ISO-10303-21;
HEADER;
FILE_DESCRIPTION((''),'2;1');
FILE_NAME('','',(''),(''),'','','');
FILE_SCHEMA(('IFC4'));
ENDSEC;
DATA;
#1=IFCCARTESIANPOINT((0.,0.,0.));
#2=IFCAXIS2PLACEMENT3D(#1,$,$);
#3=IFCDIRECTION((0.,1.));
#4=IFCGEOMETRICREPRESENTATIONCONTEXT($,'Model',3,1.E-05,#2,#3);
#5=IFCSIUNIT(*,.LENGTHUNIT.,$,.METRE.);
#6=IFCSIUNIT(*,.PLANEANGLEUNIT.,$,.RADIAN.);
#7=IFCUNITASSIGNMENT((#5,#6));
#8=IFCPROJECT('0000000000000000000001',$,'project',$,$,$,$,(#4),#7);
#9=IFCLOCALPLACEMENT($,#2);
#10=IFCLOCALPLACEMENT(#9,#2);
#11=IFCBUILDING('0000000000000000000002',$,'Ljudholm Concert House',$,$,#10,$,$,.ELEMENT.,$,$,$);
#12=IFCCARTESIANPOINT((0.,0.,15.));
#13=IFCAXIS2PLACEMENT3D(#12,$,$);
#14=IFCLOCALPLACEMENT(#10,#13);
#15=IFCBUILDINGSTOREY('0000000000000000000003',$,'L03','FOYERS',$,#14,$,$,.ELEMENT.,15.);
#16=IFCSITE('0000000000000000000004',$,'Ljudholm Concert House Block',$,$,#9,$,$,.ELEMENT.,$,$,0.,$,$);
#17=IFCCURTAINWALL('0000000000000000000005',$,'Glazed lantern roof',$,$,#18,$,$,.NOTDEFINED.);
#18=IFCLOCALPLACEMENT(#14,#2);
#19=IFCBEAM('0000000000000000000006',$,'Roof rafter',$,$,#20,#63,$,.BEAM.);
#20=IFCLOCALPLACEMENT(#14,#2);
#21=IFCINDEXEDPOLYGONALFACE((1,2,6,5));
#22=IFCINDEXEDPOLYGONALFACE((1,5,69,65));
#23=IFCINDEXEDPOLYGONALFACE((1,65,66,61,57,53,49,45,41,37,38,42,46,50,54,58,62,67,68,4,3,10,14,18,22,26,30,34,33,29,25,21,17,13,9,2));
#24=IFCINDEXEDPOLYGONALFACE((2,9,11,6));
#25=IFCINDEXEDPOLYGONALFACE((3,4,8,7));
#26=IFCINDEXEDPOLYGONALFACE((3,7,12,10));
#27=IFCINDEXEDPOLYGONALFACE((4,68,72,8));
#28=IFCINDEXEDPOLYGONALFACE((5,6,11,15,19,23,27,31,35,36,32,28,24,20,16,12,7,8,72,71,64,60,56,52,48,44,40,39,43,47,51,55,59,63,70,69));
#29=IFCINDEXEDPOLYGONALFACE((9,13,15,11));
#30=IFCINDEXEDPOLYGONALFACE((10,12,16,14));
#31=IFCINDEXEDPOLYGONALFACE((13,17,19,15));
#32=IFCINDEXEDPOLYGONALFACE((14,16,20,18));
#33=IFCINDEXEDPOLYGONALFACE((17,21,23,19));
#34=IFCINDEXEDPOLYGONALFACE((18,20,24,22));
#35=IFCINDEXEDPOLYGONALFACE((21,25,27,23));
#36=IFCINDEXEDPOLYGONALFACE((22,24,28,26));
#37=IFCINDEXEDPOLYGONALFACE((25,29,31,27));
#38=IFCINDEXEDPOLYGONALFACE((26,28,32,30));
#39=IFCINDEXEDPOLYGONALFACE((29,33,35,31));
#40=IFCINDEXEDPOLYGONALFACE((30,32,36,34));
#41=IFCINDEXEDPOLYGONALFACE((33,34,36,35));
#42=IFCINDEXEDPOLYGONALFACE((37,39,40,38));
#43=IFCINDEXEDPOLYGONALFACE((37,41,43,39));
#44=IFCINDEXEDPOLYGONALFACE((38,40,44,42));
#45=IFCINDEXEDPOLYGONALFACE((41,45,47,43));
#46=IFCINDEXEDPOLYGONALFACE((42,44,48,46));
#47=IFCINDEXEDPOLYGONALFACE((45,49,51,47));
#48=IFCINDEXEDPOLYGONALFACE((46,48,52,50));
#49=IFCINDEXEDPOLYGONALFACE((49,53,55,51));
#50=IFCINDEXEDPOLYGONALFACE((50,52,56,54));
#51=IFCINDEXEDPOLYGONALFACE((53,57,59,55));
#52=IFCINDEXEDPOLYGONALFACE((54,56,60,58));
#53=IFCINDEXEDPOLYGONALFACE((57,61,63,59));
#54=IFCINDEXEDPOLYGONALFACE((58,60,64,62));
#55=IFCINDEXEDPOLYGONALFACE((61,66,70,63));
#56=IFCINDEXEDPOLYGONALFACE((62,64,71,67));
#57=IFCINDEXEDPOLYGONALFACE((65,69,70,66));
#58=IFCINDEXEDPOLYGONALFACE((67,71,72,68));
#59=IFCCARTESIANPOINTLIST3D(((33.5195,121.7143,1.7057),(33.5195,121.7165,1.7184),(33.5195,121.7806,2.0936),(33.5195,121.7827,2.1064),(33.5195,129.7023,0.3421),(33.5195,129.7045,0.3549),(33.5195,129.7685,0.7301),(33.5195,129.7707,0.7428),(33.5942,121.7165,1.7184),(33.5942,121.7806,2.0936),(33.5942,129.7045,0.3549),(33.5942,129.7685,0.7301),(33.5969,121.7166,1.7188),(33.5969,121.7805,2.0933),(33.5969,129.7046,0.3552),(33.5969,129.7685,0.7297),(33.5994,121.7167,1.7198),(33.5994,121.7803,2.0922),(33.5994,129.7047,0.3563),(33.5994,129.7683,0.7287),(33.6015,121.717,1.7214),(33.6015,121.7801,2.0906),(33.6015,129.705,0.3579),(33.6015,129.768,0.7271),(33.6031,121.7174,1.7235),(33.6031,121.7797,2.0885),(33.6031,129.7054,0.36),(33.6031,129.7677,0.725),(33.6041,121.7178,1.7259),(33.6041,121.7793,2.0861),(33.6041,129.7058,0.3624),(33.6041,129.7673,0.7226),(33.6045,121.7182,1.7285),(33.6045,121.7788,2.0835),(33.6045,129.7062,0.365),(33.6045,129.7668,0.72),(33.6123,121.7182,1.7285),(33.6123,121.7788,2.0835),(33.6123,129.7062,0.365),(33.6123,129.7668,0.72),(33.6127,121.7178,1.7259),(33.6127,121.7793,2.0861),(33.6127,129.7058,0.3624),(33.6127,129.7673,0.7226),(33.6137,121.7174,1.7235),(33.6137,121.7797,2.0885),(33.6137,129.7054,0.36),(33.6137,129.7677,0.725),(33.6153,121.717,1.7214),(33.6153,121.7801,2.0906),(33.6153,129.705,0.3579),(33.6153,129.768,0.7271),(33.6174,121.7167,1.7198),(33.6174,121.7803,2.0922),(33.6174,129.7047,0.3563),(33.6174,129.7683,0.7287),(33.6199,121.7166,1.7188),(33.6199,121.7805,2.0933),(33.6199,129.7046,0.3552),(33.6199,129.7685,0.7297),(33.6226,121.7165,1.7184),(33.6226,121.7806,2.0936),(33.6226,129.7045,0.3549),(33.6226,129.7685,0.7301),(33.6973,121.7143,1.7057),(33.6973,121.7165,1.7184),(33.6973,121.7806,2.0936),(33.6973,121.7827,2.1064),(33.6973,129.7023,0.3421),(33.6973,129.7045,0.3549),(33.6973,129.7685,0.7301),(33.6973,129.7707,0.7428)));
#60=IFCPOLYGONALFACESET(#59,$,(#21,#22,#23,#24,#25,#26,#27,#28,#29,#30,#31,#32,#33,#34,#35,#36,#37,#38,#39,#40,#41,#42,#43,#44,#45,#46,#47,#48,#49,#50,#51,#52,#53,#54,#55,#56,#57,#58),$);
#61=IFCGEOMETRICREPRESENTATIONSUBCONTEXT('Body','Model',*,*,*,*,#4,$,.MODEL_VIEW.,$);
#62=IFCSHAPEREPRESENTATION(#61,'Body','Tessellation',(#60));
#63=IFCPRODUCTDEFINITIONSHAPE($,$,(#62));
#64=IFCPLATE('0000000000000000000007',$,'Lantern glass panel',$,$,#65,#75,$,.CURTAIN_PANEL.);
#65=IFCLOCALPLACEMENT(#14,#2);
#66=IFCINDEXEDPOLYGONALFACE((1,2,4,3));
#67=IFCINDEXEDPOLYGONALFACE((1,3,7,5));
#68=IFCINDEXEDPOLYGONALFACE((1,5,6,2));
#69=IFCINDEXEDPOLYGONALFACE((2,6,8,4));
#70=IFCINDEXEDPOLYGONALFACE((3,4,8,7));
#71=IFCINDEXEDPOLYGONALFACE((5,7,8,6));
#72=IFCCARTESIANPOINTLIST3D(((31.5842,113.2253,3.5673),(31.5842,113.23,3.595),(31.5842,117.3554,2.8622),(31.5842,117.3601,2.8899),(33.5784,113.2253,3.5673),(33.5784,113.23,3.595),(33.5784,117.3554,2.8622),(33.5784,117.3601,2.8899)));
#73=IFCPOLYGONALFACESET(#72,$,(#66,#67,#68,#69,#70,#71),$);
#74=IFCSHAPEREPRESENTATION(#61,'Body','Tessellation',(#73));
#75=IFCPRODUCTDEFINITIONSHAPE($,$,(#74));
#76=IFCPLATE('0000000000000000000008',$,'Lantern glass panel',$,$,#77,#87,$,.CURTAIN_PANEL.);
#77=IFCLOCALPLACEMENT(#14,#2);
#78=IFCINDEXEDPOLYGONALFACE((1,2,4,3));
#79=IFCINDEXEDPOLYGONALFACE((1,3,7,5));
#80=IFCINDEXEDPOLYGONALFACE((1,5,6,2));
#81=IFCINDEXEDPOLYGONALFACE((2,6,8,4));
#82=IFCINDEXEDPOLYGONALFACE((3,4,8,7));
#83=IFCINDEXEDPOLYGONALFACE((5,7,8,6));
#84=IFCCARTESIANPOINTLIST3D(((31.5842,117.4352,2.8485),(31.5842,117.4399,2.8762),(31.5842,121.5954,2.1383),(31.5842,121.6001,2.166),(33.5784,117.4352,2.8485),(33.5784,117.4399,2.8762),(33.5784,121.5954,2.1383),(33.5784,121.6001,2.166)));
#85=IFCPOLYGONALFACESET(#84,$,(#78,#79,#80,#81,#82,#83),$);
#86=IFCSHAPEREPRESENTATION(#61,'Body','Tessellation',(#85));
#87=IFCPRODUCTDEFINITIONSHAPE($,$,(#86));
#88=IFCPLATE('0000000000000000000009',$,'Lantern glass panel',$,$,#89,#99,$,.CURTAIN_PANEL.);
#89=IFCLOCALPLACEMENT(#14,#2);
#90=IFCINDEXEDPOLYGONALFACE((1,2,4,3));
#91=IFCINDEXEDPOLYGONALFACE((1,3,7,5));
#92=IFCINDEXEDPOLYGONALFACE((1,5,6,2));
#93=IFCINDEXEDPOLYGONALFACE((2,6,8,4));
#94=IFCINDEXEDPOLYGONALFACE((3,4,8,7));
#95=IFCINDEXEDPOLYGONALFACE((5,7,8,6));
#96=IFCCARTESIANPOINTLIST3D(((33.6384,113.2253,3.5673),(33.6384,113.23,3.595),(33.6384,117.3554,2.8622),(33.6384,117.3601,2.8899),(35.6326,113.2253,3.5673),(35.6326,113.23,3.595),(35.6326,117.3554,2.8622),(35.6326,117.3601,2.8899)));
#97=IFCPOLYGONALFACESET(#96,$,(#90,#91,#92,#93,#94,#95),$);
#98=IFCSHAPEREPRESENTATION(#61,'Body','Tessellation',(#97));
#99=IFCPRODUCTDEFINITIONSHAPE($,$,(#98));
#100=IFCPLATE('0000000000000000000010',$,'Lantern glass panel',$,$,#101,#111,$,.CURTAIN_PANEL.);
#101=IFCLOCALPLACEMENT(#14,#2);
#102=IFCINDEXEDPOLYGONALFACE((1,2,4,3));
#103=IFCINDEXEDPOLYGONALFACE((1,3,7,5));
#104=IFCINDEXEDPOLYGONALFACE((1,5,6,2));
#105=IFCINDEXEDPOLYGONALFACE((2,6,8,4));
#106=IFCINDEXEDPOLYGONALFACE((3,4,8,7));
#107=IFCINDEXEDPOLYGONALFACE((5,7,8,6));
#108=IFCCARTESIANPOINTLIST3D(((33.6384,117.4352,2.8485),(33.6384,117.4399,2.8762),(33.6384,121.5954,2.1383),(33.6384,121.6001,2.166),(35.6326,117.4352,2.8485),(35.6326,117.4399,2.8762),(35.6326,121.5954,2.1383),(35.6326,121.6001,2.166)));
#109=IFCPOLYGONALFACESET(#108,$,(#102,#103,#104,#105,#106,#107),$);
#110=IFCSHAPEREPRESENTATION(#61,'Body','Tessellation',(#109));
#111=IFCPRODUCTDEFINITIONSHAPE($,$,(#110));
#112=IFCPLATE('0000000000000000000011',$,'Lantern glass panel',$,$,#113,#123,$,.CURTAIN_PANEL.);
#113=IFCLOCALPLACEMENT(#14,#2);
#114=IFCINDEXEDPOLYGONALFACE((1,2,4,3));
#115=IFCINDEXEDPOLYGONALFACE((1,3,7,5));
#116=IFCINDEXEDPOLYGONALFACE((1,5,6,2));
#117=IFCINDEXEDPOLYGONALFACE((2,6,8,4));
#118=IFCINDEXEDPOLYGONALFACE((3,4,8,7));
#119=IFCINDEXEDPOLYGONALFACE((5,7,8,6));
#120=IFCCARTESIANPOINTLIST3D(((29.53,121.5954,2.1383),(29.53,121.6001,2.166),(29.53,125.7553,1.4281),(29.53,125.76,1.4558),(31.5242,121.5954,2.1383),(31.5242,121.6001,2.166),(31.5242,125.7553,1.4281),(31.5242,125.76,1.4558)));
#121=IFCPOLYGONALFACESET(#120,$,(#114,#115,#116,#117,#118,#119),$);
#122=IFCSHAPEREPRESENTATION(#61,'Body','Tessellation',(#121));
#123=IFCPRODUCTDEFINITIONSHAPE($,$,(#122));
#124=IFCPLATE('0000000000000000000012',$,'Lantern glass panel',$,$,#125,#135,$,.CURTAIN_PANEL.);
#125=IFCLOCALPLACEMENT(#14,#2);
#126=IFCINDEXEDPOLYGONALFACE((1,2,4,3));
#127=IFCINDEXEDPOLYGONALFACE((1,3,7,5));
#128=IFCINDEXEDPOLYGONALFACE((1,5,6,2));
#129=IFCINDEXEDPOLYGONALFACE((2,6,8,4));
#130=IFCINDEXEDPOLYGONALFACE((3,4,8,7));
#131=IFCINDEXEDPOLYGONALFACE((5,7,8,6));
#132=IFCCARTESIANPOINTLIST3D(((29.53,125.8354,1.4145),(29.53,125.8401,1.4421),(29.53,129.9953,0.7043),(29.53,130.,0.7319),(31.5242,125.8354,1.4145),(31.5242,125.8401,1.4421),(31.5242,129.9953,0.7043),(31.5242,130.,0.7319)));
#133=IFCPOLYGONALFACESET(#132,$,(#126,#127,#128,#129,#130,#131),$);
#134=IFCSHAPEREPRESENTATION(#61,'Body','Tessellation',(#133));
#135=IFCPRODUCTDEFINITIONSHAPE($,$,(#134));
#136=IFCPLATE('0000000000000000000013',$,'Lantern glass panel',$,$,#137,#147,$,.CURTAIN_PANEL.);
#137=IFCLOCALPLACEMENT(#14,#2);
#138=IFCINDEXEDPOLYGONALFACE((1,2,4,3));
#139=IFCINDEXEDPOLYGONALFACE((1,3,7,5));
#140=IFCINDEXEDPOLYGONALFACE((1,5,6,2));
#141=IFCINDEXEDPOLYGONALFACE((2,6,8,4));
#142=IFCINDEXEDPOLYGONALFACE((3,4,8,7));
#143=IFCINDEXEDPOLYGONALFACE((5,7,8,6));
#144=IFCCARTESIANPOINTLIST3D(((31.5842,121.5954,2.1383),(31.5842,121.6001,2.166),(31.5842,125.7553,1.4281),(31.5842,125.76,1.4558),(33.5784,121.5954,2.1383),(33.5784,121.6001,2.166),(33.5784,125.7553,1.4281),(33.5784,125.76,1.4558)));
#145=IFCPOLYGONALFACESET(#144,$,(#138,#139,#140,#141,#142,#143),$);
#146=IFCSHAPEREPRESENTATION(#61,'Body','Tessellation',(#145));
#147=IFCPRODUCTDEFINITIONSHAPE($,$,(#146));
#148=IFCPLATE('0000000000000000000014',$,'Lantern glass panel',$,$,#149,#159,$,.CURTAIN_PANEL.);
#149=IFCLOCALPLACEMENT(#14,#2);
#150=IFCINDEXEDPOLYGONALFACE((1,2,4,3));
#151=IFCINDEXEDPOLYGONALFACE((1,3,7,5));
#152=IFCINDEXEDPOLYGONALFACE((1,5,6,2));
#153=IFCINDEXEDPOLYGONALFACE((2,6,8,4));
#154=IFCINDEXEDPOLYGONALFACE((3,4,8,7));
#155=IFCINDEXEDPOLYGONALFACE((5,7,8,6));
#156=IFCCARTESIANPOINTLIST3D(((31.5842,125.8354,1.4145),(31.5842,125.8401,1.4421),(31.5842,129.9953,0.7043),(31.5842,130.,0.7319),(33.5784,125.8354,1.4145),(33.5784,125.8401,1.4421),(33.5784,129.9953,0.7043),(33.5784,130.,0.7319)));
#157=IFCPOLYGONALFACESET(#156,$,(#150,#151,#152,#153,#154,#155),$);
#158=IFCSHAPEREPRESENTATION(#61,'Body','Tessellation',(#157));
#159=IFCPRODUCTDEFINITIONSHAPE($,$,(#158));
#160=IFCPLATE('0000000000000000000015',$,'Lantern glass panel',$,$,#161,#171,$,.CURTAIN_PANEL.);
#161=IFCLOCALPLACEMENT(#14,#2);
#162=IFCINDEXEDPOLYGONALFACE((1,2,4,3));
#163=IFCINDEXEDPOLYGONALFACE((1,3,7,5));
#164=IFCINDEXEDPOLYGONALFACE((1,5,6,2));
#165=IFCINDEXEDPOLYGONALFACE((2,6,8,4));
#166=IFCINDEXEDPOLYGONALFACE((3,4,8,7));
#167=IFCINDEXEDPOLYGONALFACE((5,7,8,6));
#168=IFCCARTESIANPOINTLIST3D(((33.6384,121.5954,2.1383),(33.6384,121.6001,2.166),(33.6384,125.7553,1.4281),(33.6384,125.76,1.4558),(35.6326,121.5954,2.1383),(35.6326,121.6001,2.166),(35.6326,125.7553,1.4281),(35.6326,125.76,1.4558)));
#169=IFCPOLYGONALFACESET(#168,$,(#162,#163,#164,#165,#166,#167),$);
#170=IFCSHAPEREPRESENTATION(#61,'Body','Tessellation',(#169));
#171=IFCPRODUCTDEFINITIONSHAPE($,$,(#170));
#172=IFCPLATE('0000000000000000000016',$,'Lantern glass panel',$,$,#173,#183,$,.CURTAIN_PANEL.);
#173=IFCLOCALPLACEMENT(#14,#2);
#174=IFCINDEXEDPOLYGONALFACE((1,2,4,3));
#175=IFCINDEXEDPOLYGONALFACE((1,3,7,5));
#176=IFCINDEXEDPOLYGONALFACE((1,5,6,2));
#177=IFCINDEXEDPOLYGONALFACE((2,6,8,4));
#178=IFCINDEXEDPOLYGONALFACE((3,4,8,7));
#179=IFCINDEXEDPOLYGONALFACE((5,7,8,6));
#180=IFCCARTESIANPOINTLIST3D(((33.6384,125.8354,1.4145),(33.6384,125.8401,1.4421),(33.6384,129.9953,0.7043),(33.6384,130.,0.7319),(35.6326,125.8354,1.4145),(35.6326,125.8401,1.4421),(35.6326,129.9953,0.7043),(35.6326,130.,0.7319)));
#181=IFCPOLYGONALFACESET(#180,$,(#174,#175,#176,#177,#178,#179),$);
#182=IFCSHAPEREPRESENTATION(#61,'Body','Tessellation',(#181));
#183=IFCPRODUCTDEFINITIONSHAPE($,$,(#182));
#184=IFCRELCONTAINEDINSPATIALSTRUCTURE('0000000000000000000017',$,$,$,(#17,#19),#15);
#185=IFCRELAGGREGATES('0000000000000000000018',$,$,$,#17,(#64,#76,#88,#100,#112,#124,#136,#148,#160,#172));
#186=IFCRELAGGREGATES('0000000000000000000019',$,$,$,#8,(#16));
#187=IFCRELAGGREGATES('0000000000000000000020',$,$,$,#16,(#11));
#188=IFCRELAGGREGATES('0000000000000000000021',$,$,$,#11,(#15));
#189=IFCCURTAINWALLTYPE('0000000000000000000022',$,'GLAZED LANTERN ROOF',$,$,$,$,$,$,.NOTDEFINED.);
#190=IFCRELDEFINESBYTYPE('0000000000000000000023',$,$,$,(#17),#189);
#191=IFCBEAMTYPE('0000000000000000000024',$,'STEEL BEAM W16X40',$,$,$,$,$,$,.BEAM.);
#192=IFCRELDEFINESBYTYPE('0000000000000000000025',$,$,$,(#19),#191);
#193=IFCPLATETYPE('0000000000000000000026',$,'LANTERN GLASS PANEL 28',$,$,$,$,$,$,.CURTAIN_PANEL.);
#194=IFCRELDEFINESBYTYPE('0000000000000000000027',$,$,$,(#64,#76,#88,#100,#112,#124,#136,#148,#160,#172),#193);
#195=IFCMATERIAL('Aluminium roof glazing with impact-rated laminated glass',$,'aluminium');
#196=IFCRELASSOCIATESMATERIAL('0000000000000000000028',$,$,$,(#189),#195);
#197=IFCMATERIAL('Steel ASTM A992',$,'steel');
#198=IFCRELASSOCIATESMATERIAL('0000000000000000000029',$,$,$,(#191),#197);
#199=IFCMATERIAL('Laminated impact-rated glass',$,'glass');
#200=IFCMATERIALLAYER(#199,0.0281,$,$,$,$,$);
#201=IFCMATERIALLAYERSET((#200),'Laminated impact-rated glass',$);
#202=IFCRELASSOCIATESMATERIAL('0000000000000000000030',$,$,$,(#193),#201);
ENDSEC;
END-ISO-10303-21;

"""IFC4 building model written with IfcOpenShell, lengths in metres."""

from ifc_helpers import new_model, si_unit, direction, frame, origin, origin_2d, place, context, subcontext, project, spatial, polyline, i_section, outline, extrude, material, layer, layer_set, material_profile, profile_set, type_object, element, aggregate, save


model = new_model("IFC4")

# Units and contexts
model_context = context("Model", 3, precision=1e-05, world=origin(), true_north=direction((0.0, 1.0)))
body_context = subcontext(model_context, "Body", "Model", "MODEL_VIEW")
ifc_project = project(units=[si_unit("LENGTHUNIT", "METRE"), si_unit("PLANEANGLEUNIT", "RADIAN")], contexts=[model_context])

# Site, building, storey
site_placement = place(None, origin())
site = spatial("IfcSite", under=ifc_project, at=site_placement, Name="Ljudholm Concert House Block", CompositionType="ELEMENT", RefElevation=0.0)
building_placement = place(site_placement, origin())
building = spatial("IfcBuilding", under=site, at=building_placement, Name="Ljudholm Concert House", CompositionType="ELEMENT")
storey_placement = place(building_placement, frame((0.0, 0.0, 15.0)))
storey = spatial("IfcBuildingStorey", under=building, at=storey_placement, Name="L03", Description="FOYERS", CompositionType="ELEMENT", Elevation=15.0)

# Curtain wall
ifc_material_1 = material(Name="Aluminium roof glazing with impact-rated laminated glass", Category="aluminium")
curtain_wall_type = type_object("IfcCurtainWallType", Name="GLAZED LANTERN ROOF", PredefinedType="NOTDEFINED", material=ifc_material_1)
curtain_wall_placement = place(storey_placement, origin())
curtain_wall = element("IfcCurtainWall", 1, at=curtain_wall_placement, inside=storey, type_object=curtain_wall_type, Name="Glazed lantern roof", PredefinedType="NOTDEFINED")

# Beam
ifc_material_2 = material(Name="Steel ASTM A992", Category="steel")
ifc_material_profile_1 = material_profile(ifc_material_2, i_section(OverallWidth=0.1777, OverallDepth=0.4065, WebThickness=0.0078, FlangeThickness=0.0129, FilletRadius=0.0103, at=origin_2d()), Name="W16X40")
ifc_profile_set_1 = profile_set([ifc_material_profile_1], Name="Steel ASTM A992")
beam_type = type_object("IfcBeamType", Name="STEEL BEAM W16X40", PredefinedType="BEAM", material=ifc_profile_set_1)
for number, where, z_axis, x_axis, name in (
    (2, (33.6084, 121.7485, 1.906), (0.0, 0.985742, -0.168262), (-1.0, 0.0, 0.0), "Roof rafter"),
):
    element("IfcBeam", number, at=place(storey_placement, frame(where, z_axis=z_axis, x_axis=x_axis)), inside=storey, type_object=beam_type, Name=name, PredefinedType="BEAM", context=body_context, shape_type="SweptSolid", body=[
        extrude(i_section(OverallWidth=0.1777, OverallDepth=0.4065, WebThickness=0.0078, FlangeThickness=0.0129, FilletRadius=0.0103, at=origin_2d()), origin(), (0.0, 0.0, 1.0), 8.1035),
    ])

# Plates
ifc_material_3 = material(Name="Laminated impact-rated glass", Category="glass")
ifc_layer = layer(ifc_material_3, 0.0281)
ifc_layer_set = layer_set([ifc_layer], Name="Laminated impact-rated glass")
plate_type = type_object("IfcPlateType", Name="LANTERN GLASS PANEL 28", PredefinedType="CURTAIN_PANEL", material=ifc_layer_set)
plate_1_placement = place(storey_placement, frame((31.5842, 113.23, 3.595), z_axis=(0.0, 0.168281, 0.985739), x_axis=(1.0, 0.0, 0.0)))
plate_1 = element("IfcPlate", 3, at=plate_1_placement, type_object=plate_type, Name="Lantern glass panel", PredefinedType="CURTAIN_PANEL", context=body_context, shape_type="SweptSolid", body=[
    extrude(outline(polyline([(0.0, 0.0), (1.9941, 0.0), (1.9941, 4.1899), (0.0, 4.1899), (0.0, 0.0)])), origin(), (0.0, 0.0, -1.0), 0.0281),
])
plate_2_placement = place(storey_placement, frame((31.5842, 117.4399, 2.8762), z_axis=(0.0, 0.168281, 0.985739), x_axis=(1.0, 0.0, 0.0)))
plate_2 = element("IfcPlate", 4, at=plate_2_placement, type_object=plate_type, Name="Lantern glass panel", PredefinedType="CURTAIN_PANEL", context=body_context, shape_type="SweptSolid", body=[
    extrude(outline(polyline([(0.0, 0.0), (1.9941, 0.0), (1.9941, 4.2203), (0.0, 4.2203), (0.0, 0.0)])), origin(), (0.0, 0.0, -1.0), 0.0281),
])
plate_3_placement = place(storey_placement, frame((33.6384, 113.23, 3.595), z_axis=(0.0, 0.168281, 0.985739), x_axis=(1.0, 0.0, 0.0)))
plate_3 = element("IfcPlate", 5, at=plate_3_placement, type_object=plate_type, Name="Lantern glass panel", PredefinedType="CURTAIN_PANEL", context=body_context, shape_type="SweptSolid", body=[
    extrude(outline(polyline([(0.0, 0.0), (1.9941, 0.0), (1.9941, 4.1899), (0.0, 4.1899), (0.0, 0.0)])), origin(), (0.0, 0.0, -1.0), 0.0281),
])
plate_4_placement = place(storey_placement, frame((33.6384, 117.4399, 2.8762), z_axis=(0.0, 0.168281, 0.985739), x_axis=(1.0, 0.0, 0.0)))
plate_4 = element("IfcPlate", 6, at=plate_4_placement, type_object=plate_type, Name="Lantern glass panel", PredefinedType="CURTAIN_PANEL", context=body_context, shape_type="SweptSolid", body=[
    extrude(outline(polyline([(0.0, 0.0), (1.9941, 0.0), (1.9941, 4.2203), (0.0, 4.2203), (0.0, 0.0)])), origin(), (0.0, 0.0, -1.0), 0.0281),
])
plate_5_placement = place(storey_placement, frame((29.53, 121.6001, 2.166), z_axis=(0.0, 0.168291, 0.985737), x_axis=(1.0, 0.0, 0.0)))
plate_5 = element("IfcPlate", 7, at=plate_5_placement, type_object=plate_type, Name="Lantern glass panel", PredefinedType="CURTAIN_PANEL", context=body_context, shape_type="SweptSolid", body=[
    extrude(outline(polyline([(0.0, 0.0), (1.9941, 0.0), (1.9941, 4.2201), (0.0, 4.2201), (0.0, 0.0)])), origin(), (0.0, 0.0, -1.0), 0.0281),
])
plate_6_placement = place(storey_placement, frame((29.53, 125.8401, 1.4421), z_axis=(0.0, 0.168291, 0.985737), x_axis=(1.0, 0.0, 0.0)))
plate_6 = element("IfcPlate", 8, at=plate_6_placement, type_object=plate_type, Name="Lantern glass panel", PredefinedType="CURTAIN_PANEL", context=body_context, shape_type="SweptSolid", body=[
    extrude(outline(polyline([(0.0, 0.0), (1.9941, 0.0), (1.9941, 4.2201), (0.0, 4.2201), (0.0, 0.0)])), origin(), (0.0, 0.0, -1.0), 0.0281),
])
plate_7_placement = place(storey_placement, frame((31.5842, 121.6001, 2.166), z_axis=(0.0, 0.168291, 0.985737), x_axis=(1.0, 0.0, 0.0)))
plate_7 = element("IfcPlate", 9, at=plate_7_placement, type_object=plate_type, Name="Lantern glass panel", PredefinedType="CURTAIN_PANEL", context=body_context, shape_type="SweptSolid", body=[
    extrude(outline(polyline([(0.0, 0.0), (1.9941, 0.0), (1.9941, 4.2201), (0.0, 4.2201), (0.0, 0.0)])), origin(), (0.0, 0.0, -1.0), 0.0281),
])
plate_8_placement = place(storey_placement, frame((31.5842, 125.8401, 1.4421), z_axis=(0.0, 0.168291, 0.985737), x_axis=(1.0, 0.0, 0.0)))
plate_8 = element("IfcPlate", 10, at=plate_8_placement, type_object=plate_type, Name="Lantern glass panel", PredefinedType="CURTAIN_PANEL", context=body_context, shape_type="SweptSolid", body=[
    extrude(outline(polyline([(0.0, 0.0), (1.9941, 0.0), (1.9941, 4.2201), (0.0, 4.2201), (0.0, 0.0)])), origin(), (0.0, 0.0, -1.0), 0.0281),
])
plate_9_placement = place(storey_placement, frame((33.6384, 121.6001, 2.166), z_axis=(0.0, 0.168291, 0.985737), x_axis=(1.0, 0.0, 0.0)))
plate_9 = element("IfcPlate", 11, at=plate_9_placement, type_object=plate_type, Name="Lantern glass panel", PredefinedType="CURTAIN_PANEL", context=body_context, shape_type="SweptSolid", body=[
    extrude(outline(polyline([(0.0, 0.0), (1.9941, 0.0), (1.9941, 4.2201), (0.0, 4.2201), (0.0, 0.0)])), origin(), (0.0, 0.0, -1.0), 0.0281),
])
plate_10_placement = place(storey_placement, frame((33.6384, 125.8401, 1.4421), z_axis=(0.0, 0.168291, 0.985737), x_axis=(1.0, 0.0, 0.0)))
plate_10 = element("IfcPlate", 12, at=plate_10_placement, type_object=plate_type, Name="Lantern glass panel", PredefinedType="CURTAIN_PANEL", context=body_context, shape_type="SweptSolid", body=[
    extrude(outline(polyline([(0.0, 0.0), (1.9941, 0.0), (1.9941, 4.2201), (0.0, 4.2201), (0.0, 0.0)])), origin(), (0.0, 0.0, -1.0), 0.0281),
])
aggregate(curtain_wall, [plate_1, plate_2, plate_3, plate_4, plate_5, plate_6, plate_7, plate_8, plate_9, plate_10])

save(model, "model.ifc")
